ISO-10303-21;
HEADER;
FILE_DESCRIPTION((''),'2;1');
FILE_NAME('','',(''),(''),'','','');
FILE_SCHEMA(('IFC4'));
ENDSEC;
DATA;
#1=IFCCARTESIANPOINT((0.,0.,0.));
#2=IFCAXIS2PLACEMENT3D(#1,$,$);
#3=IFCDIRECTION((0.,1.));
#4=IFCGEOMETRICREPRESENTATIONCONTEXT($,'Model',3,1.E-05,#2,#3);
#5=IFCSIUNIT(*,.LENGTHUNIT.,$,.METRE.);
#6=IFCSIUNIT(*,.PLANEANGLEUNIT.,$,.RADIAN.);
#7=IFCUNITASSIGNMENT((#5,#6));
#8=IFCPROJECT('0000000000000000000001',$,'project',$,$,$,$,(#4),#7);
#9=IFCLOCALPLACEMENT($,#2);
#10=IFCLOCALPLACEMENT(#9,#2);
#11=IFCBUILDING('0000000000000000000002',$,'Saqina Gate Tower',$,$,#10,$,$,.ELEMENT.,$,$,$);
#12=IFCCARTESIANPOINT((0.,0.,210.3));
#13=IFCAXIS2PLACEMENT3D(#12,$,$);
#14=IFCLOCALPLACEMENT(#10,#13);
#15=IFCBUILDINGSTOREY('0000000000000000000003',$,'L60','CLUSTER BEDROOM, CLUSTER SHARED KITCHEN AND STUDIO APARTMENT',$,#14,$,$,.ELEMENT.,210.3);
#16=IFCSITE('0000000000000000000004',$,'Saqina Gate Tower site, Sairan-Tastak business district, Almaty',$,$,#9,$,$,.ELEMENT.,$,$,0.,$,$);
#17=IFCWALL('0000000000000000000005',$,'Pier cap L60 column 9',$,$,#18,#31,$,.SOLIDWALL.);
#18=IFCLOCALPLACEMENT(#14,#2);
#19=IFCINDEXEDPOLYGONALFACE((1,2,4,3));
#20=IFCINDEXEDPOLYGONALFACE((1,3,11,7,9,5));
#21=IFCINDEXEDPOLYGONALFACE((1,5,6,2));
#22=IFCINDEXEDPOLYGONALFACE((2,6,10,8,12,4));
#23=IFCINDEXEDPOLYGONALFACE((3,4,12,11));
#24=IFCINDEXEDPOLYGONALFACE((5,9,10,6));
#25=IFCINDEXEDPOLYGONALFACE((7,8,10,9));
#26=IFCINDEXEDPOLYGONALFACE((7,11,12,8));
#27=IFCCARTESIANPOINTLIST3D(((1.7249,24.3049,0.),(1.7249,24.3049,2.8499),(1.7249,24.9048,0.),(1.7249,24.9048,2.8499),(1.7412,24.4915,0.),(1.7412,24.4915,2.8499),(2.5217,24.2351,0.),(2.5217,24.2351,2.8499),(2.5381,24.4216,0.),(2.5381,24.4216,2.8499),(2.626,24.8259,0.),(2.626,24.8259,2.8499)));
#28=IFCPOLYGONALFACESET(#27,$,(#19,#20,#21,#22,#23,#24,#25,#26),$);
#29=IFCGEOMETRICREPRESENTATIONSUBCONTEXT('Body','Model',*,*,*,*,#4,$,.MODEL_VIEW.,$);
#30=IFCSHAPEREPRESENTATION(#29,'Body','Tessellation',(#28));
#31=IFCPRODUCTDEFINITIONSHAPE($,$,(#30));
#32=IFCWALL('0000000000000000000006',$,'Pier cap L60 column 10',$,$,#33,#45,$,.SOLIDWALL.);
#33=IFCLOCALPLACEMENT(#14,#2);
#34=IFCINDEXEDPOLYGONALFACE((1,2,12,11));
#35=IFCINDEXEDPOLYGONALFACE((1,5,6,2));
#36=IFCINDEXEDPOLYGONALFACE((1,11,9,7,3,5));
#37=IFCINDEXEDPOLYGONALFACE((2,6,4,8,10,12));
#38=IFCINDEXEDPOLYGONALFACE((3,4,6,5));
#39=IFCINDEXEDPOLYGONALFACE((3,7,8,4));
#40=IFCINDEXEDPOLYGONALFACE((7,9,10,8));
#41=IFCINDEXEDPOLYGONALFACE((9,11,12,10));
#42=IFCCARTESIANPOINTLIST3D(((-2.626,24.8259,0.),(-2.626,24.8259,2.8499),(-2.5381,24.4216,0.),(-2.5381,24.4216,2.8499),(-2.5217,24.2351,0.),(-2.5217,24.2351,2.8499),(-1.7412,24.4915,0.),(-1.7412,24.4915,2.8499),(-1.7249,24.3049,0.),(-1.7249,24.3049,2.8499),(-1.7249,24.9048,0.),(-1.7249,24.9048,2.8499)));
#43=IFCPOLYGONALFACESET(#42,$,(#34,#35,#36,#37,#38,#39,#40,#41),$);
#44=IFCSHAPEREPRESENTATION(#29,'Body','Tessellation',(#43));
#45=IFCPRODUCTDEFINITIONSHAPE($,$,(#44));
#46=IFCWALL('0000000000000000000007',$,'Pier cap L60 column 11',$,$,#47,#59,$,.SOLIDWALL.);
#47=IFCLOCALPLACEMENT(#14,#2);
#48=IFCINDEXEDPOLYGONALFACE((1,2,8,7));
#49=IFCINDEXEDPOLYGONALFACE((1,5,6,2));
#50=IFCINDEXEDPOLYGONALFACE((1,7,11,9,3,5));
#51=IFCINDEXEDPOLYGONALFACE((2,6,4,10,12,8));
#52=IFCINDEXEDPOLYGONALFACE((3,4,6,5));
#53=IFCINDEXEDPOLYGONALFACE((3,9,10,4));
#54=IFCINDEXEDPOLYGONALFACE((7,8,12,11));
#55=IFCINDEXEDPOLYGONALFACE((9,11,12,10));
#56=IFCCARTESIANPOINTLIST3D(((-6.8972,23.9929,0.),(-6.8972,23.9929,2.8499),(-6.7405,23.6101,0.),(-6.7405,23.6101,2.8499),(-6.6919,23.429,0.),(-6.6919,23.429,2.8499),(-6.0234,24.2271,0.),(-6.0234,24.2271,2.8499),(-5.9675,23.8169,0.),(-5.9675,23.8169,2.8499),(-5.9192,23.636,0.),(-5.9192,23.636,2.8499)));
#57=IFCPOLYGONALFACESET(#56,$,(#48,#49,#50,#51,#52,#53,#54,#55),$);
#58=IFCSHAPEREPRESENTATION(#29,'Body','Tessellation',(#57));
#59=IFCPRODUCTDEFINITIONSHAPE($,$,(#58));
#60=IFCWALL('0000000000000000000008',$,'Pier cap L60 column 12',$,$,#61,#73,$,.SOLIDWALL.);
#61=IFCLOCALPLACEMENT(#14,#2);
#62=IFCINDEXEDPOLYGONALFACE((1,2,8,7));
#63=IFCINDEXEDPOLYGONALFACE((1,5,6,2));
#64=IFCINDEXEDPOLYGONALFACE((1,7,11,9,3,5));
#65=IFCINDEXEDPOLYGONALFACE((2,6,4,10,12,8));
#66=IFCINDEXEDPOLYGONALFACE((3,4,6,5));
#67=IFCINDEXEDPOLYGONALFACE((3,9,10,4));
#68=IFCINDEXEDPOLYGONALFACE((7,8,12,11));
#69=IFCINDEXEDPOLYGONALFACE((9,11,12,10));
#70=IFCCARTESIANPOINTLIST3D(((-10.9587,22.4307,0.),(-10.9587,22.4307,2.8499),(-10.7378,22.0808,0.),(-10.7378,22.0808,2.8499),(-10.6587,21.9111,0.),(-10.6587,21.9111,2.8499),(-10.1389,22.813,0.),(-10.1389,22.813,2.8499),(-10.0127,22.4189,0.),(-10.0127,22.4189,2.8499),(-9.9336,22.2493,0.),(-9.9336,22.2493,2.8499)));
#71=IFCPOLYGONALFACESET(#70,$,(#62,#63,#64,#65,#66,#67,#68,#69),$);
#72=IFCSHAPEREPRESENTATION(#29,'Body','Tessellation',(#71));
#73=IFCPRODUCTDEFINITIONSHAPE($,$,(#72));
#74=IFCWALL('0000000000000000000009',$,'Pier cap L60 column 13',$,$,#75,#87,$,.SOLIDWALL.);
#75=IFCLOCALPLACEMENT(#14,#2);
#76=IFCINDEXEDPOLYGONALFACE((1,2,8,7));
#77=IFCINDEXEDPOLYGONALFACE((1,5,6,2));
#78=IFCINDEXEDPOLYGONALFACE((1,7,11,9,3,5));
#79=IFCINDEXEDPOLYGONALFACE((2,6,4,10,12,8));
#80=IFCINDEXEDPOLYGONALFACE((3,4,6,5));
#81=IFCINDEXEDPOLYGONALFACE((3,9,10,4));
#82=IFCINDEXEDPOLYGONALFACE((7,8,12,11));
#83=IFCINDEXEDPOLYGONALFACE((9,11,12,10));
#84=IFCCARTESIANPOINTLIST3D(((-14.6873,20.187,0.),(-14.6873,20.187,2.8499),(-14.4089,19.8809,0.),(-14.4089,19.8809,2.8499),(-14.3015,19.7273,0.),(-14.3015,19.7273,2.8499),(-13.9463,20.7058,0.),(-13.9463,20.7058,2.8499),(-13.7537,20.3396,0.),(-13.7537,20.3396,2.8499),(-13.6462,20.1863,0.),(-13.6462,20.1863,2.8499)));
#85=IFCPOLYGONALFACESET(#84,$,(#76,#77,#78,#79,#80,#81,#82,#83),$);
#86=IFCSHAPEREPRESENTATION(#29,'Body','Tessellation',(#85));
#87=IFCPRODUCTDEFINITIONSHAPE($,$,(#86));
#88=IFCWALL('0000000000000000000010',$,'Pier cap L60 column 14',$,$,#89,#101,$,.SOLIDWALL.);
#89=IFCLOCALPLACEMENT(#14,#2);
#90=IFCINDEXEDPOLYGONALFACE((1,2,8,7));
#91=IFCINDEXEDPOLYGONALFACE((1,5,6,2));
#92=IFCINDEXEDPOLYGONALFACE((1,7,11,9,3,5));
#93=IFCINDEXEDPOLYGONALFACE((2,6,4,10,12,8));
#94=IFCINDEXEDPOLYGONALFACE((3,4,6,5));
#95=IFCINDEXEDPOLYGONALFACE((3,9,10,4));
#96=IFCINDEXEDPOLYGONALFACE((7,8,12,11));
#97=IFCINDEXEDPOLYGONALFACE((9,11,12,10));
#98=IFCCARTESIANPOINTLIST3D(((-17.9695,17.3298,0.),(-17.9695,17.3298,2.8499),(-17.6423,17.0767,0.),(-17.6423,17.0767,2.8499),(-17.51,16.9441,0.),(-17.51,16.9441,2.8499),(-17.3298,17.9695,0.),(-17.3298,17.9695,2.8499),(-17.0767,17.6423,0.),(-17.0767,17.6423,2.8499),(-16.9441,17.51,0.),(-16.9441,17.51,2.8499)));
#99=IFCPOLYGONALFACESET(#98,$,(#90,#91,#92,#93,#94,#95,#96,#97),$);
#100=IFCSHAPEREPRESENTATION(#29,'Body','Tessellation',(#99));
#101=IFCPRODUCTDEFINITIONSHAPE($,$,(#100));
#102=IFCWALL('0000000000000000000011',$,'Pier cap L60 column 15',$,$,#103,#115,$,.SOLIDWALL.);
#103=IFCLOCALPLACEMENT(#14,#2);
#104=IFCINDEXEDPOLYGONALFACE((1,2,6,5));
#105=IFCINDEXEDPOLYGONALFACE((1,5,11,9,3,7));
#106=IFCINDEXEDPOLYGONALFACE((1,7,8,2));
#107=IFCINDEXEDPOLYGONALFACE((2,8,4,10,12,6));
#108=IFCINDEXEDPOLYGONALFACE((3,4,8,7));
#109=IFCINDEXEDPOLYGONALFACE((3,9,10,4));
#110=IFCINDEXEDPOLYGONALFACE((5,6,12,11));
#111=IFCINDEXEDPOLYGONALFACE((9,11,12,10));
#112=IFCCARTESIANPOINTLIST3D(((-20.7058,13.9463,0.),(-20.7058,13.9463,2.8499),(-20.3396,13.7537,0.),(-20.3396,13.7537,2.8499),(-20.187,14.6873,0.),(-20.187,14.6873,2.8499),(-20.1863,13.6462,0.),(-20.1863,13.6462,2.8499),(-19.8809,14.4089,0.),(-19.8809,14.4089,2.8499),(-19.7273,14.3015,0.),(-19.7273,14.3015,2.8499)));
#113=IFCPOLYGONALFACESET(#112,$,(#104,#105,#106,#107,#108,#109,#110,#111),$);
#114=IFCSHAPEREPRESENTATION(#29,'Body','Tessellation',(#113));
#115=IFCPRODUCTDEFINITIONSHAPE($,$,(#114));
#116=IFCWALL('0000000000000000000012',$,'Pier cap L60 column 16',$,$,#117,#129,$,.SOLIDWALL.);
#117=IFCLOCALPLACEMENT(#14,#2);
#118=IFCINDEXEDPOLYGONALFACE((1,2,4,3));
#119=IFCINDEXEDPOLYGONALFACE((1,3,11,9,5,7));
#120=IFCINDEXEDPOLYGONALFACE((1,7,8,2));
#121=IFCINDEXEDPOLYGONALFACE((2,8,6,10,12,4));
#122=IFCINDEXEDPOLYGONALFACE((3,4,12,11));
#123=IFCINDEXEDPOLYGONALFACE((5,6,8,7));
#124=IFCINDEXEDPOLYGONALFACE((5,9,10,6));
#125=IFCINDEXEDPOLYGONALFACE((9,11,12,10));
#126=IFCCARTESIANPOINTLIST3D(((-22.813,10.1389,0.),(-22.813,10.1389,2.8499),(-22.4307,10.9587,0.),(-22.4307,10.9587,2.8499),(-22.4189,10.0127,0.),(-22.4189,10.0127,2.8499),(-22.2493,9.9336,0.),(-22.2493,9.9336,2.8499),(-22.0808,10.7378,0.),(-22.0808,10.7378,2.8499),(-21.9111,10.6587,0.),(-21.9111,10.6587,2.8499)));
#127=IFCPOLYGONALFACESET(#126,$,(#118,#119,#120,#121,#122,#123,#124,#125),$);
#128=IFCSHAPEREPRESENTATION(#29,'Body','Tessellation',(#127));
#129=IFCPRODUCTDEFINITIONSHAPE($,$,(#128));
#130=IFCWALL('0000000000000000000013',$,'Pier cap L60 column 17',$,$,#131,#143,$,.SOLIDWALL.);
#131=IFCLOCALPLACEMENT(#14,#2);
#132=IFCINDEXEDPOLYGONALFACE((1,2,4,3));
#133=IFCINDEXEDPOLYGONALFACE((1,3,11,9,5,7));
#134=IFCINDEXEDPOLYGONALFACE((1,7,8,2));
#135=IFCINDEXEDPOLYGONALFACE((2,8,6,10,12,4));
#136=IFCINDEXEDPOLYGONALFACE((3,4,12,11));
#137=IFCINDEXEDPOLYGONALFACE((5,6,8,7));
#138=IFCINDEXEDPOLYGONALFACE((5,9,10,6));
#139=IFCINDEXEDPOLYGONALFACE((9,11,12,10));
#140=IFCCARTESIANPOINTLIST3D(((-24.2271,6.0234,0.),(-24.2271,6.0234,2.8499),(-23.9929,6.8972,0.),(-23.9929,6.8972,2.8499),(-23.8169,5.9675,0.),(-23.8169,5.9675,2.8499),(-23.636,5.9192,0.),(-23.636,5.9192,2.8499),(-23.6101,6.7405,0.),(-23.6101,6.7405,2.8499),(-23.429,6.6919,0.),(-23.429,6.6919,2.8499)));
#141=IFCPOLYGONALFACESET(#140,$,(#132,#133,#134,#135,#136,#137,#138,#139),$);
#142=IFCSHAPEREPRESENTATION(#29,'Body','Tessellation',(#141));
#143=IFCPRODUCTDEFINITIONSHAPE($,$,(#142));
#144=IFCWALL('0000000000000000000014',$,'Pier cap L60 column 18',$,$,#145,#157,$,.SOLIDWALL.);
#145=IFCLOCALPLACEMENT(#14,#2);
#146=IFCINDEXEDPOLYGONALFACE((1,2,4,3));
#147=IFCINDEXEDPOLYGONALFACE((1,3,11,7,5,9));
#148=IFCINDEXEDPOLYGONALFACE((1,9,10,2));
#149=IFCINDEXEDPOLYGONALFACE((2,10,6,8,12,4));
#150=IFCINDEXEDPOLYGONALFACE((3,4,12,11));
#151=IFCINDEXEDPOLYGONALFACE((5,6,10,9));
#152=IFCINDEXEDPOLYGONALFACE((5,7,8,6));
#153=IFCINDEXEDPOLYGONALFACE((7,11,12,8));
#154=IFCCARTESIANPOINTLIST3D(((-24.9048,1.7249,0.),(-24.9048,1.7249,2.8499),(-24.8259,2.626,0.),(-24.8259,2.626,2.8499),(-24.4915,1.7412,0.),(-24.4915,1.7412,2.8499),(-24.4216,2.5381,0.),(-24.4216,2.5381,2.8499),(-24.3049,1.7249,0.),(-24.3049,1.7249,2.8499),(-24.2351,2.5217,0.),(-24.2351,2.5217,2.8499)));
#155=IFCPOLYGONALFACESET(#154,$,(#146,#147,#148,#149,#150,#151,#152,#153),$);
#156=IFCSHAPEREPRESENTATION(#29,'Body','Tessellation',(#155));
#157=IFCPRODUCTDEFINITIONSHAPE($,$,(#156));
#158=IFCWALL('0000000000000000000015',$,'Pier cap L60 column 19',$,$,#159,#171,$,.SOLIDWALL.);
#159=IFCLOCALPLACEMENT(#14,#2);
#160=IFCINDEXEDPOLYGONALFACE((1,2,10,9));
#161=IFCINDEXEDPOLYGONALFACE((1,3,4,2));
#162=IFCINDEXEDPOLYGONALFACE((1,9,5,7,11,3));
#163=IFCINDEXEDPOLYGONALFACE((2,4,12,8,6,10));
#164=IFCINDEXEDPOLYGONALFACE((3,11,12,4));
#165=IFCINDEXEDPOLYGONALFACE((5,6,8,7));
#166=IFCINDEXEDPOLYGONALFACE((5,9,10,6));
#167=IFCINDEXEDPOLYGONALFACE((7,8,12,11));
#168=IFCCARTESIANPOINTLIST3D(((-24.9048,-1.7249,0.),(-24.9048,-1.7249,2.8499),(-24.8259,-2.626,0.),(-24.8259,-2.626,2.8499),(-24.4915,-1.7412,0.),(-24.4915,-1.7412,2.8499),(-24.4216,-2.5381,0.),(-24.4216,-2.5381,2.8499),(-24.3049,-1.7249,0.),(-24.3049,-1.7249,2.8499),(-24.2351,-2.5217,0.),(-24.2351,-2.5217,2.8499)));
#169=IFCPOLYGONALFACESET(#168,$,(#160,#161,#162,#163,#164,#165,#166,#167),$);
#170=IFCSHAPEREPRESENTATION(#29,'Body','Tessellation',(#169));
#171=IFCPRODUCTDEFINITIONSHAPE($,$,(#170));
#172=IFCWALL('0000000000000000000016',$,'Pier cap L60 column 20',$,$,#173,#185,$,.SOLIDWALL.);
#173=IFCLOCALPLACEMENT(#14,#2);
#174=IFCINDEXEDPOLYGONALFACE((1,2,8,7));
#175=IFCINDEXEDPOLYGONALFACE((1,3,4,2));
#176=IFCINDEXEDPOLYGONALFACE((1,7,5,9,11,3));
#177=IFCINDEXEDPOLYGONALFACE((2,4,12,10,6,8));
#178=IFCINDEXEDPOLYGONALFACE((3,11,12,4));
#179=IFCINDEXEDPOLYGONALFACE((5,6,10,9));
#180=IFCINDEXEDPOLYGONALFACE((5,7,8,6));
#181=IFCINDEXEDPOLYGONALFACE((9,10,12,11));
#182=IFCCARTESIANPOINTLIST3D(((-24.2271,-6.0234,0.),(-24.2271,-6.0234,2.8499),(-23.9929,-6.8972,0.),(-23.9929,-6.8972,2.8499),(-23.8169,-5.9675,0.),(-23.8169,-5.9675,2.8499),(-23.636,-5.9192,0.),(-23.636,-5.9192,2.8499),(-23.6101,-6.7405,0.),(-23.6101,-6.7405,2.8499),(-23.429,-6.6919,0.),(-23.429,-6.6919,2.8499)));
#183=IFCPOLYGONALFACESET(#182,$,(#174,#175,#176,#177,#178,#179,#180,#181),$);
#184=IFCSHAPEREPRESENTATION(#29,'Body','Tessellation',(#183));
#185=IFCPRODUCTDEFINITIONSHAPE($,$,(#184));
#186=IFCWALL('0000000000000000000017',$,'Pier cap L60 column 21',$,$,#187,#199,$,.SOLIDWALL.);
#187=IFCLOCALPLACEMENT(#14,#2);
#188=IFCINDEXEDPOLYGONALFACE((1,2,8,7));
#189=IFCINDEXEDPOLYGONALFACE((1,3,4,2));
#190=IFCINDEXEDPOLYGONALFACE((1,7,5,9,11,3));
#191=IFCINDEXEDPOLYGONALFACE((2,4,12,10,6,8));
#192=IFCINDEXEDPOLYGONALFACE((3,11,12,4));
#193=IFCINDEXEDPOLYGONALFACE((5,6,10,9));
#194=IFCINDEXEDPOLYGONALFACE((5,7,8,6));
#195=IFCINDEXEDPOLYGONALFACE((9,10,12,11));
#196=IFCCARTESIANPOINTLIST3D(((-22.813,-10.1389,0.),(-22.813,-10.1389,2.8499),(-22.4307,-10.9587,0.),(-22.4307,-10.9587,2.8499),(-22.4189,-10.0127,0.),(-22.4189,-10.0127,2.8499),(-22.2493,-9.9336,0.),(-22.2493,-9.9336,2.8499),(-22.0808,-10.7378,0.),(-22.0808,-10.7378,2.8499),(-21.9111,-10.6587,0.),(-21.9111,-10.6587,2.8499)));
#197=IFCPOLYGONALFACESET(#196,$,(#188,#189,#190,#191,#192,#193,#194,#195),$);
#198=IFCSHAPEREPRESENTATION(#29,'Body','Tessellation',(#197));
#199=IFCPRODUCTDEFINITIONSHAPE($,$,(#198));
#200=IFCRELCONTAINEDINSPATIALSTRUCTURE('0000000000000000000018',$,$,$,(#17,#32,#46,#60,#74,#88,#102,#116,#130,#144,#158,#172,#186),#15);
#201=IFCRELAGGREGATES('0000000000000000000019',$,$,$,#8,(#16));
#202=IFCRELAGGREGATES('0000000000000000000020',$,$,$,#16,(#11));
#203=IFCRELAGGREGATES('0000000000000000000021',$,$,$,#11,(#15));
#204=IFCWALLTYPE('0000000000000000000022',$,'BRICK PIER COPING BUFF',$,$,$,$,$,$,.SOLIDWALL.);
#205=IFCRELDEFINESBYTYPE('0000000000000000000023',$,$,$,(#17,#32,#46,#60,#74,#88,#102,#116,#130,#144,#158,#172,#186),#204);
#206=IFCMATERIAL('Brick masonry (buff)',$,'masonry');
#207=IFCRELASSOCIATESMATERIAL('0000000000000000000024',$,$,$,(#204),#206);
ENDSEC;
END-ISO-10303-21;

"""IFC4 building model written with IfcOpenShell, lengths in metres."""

from ifc_helpers import new_model, si_unit, direction, frame, origin, place, context, subcontext, project, spatial, polyline, outline, extrude, material, type_object, element, save


model = new_model("IFC4")

# Units and contexts
model_context = context("Model", 3, precision=1e-05, world=origin(), true_north=direction((0.0, 1.0)))
body_context = subcontext(model_context, "Body", "Model", "MODEL_VIEW")
ifc_project = project(units=[si_unit("LENGTHUNIT", "METRE"), si_unit("PLANEANGLEUNIT", "RADIAN")], contexts=[model_context])

# Site, building, storey
site_placement = place(None, origin())
site = spatial("IfcSite", under=ifc_project, at=site_placement, Name="Saqina Gate Tower site, Sairan-Tastak business district, Almaty", CompositionType="ELEMENT", RefElevation=0.0)
building_placement = place(site_placement, origin())
building = spatial("IfcBuilding", under=site, at=building_placement, Name="Saqina Gate Tower", CompositionType="ELEMENT")
storey_placement = place(building_placement, frame((0.0, 0.0, 210.3)))
storey = spatial("IfcBuildingStorey", under=building, at=storey_placement, Name="L60", Description="CLUSTER BEDROOM, CLUSTER SHARED KITCHEN AND STUDIO APARTMENT", CompositionType="ELEMENT", Elevation=210.3)

# Walls
ifc_material_1 = material(Name="Brick masonry (buff)", Category="masonry")
wall_type_1 = type_object("IfcWallType", Name="BRICK PIER COPING BUFF", PredefinedType="SOLIDWALL", material=ifc_material_1)
wall_1_placement = place(storey_placement, origin())
element("IfcWall", 1, at=wall_1_placement, inside=storey, type_object=wall_type_1, Name="Pier cap L60 column 9", PredefinedType="SOLIDWALL", context=body_context, shape_type="SweptSolid", body=[
    extrude(outline(polyline([(2.626, 24.8259), (1.7249, 24.9048), (1.7249, 24.3049), (1.7412, 24.4915), (2.5381, 24.4216), (2.5217, 24.2351), (2.626, 24.8259)])), origin(), (0.0, 0.0, 1.0), 2.8499),
])
wall_2_placement = place(storey_placement, origin())
element("IfcWall", 2, at=wall_2_placement, inside=storey, type_object=wall_type_1, Name="Pier cap L60 column 10", PredefinedType="SOLIDWALL", context=body_context, shape_type="SweptSolid", body=[
    extrude(outline(polyline([(-1.7249, 24.9048), (-2.626, 24.8259), (-2.5217, 24.2351), (-2.5381, 24.4216), (-1.7412, 24.4915), (-1.7249, 24.3049), (-1.7249, 24.9048)])), origin(), (0.0, 0.0, 1.0), 2.8499),
])
wall_3_placement = place(storey_placement, origin())
element("IfcWall", 3, at=wall_3_placement, inside=storey, type_object=wall_type_1, Name="Pier cap L60 column 11", PredefinedType="SOLIDWALL", context=body_context, shape_type="SweptSolid", body=[
    extrude(outline(polyline([(-6.0234, 24.2271), (-6.8972, 23.9929), (-6.6919, 23.429), (-6.7405, 23.6101), (-5.9675, 23.8169), (-5.9192, 23.636), (-6.0234, 24.2271)])), origin(), (0.0, 0.0, 1.0), 2.8499),
])
wall_4_placement = place(storey_placement, origin())
element("IfcWall", 4, at=wall_4_placement, inside=storey, type_object=wall_type_1, Name="Pier cap L60 column 12", PredefinedType="SOLIDWALL", context=body_context, shape_type="SweptSolid", body=[
    extrude(outline(polyline([(-10.9587, 22.4307), (-10.6587, 21.9111), (-10.7378, 22.0808), (-10.0127, 22.4189), (-9.9336, 22.2493), (-10.1389, 22.813), (-10.9587, 22.4307)])), origin(), (0.0, 0.0, 1.0), 2.8499),
])
wall_5_placement = place(storey_placement, origin())
element("IfcWall", 5, at=wall_5_placement, inside=storey, type_object=wall_type_1, Name="Pier cap L60 column 13", PredefinedType="SOLIDWALL", context=body_context, shape_type="SweptSolid", body=[
    extrude(outline(polyline([(-13.9463, 20.7058), (-14.6873, 20.187), (-14.3015, 19.7273), (-14.4089, 19.8809), (-13.7537, 20.3396), (-13.6462, 20.1863), (-13.9463, 20.7058)])), origin(), (0.0, 0.0, 1.0), 2.8499),
])
wall_6_placement = place(storey_placement, origin())
element("IfcWall", 6, at=wall_6_placement, inside=storey, type_object=wall_type_1, Name="Pier cap L60 column 14", PredefinedType="SOLIDWALL", context=body_context, shape_type="SweptSolid", body=[
    extrude(outline(polyline([(-17.9695, 17.3298), (-17.51, 16.9441), (-17.6423, 17.0767), (-17.0767, 17.6423), (-16.9441, 17.51), (-17.3298, 17.9695), (-17.9695, 17.3298)])), origin(), (0.0, 0.0, 1.0), 2.8499),
])
wall_7_placement = place(storey_placement, origin())
element("IfcWall", 7, at=wall_7_placement, inside=storey, type_object=wall_type_1, Name="Pier cap L60 column 15", PredefinedType="SOLIDWALL", context=body_context, shape_type="SweptSolid", body=[
    extrude(outline(polyline([(-20.187, 14.6873), (-20.7058, 13.9463), (-20.1863, 13.6462), (-20.3396, 13.7537), (-19.8809, 14.4089), (-19.7273, 14.3015), (-20.187, 14.6873)])), origin(), (0.0, 0.0, 1.0), 2.8499),
])
wall_8_placement = place(storey_placement, origin())
element("IfcWall", 8, at=wall_8_placement, inside=storey, type_object=wall_type_1, Name="Pier cap L60 column 16", PredefinedType="SOLIDWALL", context=body_context, shape_type="SweptSolid", body=[
    extrude(outline(polyline([(-22.813, 10.1389), (-22.2493, 9.9336), (-22.4189, 10.0127), (-22.0808, 10.7378), (-21.9111, 10.6587), (-22.4307, 10.9587), (-22.813, 10.1389)])), origin(), (0.0, 0.0, 1.0), 2.8499),
])
wall_9_placement = place(storey_placement, origin())
element("IfcWall", 9, at=wall_9_placement, inside=storey, type_object=wall_type_1, Name="Pier cap L60 column 17", PredefinedType="SOLIDWALL", context=body_context, shape_type="SweptSolid", body=[
    extrude(outline(polyline([(-24.2271, 6.0234), (-23.636, 5.9192), (-23.8169, 5.9675), (-23.6101, 6.7405), (-23.429, 6.6919), (-23.9929, 6.8972), (-24.2271, 6.0234)])), origin(), (0.0, 0.0, 1.0), 2.8499),
])
wall_10_placement = place(storey_placement, origin())
element("IfcWall", 10, at=wall_10_placement, inside=storey, type_object=wall_type_1, Name="Pier cap L60 column 18", PredefinedType="SOLIDWALL", context=body_context, shape_type="SweptSolid", body=[
    extrude(outline(polyline([(-24.8259, 2.626), (-24.9048, 1.7249), (-24.3049, 1.7249), (-24.4915, 1.7412), (-24.4216, 2.5381), (-24.2351, 2.5217), (-24.8259, 2.626)])), origin(), (0.0, 0.0, 1.0), 2.8499),
])
wall_11_placement = place(storey_placement, origin())
element("IfcWall", 11, at=wall_11_placement, inside=storey, type_object=wall_type_1, Name="Pier cap L60 column 19", PredefinedType="SOLIDWALL", context=body_context, shape_type="SweptSolid", body=[
    extrude(outline(polyline([(-24.9048, -1.7249), (-24.8259, -2.626), (-24.2351, -2.5217), (-24.4216, -2.5381), (-24.4915, -1.7412), (-24.3049, -1.7249), (-24.9048, -1.7249)])), origin(), (0.0, 0.0, 1.0), 2.8499),
])
wall_12_placement = place(storey_placement, origin())
element("IfcWall", 12, at=wall_12_placement, inside=storey, type_object=wall_type_1, Name="Pier cap L60 column 20", PredefinedType="SOLIDWALL", context=body_context, shape_type="SweptSolid", body=[
    extrude(outline(polyline([(-24.2271, -6.0234), (-23.9929, -6.8972), (-23.429, -6.6919), (-23.6101, -6.7405), (-23.8169, -5.9675), (-23.636, -5.9192), (-24.2271, -6.0234)])), origin(), (0.0, 0.0, 1.0), 2.8499),
])
wall_13_placement = place(storey_placement, origin())
element("IfcWall", 13, at=wall_13_placement, inside=storey, type_object=wall_type_1, Name="Pier cap L60 column 21", PredefinedType="SOLIDWALL", context=body_context, shape_type="SweptSolid", body=[
    extrude(outline(polyline([(-22.4307, -10.9587), (-21.9111, -10.6587), (-22.0808, -10.7378), (-22.4189, -10.0127), (-22.2493, -9.9336), (-22.813, -10.1389), (-22.4307, -10.9587)])), origin(), (0.0, 0.0, 1.0), 2.8499),
])

save(model, "model.ifc")
